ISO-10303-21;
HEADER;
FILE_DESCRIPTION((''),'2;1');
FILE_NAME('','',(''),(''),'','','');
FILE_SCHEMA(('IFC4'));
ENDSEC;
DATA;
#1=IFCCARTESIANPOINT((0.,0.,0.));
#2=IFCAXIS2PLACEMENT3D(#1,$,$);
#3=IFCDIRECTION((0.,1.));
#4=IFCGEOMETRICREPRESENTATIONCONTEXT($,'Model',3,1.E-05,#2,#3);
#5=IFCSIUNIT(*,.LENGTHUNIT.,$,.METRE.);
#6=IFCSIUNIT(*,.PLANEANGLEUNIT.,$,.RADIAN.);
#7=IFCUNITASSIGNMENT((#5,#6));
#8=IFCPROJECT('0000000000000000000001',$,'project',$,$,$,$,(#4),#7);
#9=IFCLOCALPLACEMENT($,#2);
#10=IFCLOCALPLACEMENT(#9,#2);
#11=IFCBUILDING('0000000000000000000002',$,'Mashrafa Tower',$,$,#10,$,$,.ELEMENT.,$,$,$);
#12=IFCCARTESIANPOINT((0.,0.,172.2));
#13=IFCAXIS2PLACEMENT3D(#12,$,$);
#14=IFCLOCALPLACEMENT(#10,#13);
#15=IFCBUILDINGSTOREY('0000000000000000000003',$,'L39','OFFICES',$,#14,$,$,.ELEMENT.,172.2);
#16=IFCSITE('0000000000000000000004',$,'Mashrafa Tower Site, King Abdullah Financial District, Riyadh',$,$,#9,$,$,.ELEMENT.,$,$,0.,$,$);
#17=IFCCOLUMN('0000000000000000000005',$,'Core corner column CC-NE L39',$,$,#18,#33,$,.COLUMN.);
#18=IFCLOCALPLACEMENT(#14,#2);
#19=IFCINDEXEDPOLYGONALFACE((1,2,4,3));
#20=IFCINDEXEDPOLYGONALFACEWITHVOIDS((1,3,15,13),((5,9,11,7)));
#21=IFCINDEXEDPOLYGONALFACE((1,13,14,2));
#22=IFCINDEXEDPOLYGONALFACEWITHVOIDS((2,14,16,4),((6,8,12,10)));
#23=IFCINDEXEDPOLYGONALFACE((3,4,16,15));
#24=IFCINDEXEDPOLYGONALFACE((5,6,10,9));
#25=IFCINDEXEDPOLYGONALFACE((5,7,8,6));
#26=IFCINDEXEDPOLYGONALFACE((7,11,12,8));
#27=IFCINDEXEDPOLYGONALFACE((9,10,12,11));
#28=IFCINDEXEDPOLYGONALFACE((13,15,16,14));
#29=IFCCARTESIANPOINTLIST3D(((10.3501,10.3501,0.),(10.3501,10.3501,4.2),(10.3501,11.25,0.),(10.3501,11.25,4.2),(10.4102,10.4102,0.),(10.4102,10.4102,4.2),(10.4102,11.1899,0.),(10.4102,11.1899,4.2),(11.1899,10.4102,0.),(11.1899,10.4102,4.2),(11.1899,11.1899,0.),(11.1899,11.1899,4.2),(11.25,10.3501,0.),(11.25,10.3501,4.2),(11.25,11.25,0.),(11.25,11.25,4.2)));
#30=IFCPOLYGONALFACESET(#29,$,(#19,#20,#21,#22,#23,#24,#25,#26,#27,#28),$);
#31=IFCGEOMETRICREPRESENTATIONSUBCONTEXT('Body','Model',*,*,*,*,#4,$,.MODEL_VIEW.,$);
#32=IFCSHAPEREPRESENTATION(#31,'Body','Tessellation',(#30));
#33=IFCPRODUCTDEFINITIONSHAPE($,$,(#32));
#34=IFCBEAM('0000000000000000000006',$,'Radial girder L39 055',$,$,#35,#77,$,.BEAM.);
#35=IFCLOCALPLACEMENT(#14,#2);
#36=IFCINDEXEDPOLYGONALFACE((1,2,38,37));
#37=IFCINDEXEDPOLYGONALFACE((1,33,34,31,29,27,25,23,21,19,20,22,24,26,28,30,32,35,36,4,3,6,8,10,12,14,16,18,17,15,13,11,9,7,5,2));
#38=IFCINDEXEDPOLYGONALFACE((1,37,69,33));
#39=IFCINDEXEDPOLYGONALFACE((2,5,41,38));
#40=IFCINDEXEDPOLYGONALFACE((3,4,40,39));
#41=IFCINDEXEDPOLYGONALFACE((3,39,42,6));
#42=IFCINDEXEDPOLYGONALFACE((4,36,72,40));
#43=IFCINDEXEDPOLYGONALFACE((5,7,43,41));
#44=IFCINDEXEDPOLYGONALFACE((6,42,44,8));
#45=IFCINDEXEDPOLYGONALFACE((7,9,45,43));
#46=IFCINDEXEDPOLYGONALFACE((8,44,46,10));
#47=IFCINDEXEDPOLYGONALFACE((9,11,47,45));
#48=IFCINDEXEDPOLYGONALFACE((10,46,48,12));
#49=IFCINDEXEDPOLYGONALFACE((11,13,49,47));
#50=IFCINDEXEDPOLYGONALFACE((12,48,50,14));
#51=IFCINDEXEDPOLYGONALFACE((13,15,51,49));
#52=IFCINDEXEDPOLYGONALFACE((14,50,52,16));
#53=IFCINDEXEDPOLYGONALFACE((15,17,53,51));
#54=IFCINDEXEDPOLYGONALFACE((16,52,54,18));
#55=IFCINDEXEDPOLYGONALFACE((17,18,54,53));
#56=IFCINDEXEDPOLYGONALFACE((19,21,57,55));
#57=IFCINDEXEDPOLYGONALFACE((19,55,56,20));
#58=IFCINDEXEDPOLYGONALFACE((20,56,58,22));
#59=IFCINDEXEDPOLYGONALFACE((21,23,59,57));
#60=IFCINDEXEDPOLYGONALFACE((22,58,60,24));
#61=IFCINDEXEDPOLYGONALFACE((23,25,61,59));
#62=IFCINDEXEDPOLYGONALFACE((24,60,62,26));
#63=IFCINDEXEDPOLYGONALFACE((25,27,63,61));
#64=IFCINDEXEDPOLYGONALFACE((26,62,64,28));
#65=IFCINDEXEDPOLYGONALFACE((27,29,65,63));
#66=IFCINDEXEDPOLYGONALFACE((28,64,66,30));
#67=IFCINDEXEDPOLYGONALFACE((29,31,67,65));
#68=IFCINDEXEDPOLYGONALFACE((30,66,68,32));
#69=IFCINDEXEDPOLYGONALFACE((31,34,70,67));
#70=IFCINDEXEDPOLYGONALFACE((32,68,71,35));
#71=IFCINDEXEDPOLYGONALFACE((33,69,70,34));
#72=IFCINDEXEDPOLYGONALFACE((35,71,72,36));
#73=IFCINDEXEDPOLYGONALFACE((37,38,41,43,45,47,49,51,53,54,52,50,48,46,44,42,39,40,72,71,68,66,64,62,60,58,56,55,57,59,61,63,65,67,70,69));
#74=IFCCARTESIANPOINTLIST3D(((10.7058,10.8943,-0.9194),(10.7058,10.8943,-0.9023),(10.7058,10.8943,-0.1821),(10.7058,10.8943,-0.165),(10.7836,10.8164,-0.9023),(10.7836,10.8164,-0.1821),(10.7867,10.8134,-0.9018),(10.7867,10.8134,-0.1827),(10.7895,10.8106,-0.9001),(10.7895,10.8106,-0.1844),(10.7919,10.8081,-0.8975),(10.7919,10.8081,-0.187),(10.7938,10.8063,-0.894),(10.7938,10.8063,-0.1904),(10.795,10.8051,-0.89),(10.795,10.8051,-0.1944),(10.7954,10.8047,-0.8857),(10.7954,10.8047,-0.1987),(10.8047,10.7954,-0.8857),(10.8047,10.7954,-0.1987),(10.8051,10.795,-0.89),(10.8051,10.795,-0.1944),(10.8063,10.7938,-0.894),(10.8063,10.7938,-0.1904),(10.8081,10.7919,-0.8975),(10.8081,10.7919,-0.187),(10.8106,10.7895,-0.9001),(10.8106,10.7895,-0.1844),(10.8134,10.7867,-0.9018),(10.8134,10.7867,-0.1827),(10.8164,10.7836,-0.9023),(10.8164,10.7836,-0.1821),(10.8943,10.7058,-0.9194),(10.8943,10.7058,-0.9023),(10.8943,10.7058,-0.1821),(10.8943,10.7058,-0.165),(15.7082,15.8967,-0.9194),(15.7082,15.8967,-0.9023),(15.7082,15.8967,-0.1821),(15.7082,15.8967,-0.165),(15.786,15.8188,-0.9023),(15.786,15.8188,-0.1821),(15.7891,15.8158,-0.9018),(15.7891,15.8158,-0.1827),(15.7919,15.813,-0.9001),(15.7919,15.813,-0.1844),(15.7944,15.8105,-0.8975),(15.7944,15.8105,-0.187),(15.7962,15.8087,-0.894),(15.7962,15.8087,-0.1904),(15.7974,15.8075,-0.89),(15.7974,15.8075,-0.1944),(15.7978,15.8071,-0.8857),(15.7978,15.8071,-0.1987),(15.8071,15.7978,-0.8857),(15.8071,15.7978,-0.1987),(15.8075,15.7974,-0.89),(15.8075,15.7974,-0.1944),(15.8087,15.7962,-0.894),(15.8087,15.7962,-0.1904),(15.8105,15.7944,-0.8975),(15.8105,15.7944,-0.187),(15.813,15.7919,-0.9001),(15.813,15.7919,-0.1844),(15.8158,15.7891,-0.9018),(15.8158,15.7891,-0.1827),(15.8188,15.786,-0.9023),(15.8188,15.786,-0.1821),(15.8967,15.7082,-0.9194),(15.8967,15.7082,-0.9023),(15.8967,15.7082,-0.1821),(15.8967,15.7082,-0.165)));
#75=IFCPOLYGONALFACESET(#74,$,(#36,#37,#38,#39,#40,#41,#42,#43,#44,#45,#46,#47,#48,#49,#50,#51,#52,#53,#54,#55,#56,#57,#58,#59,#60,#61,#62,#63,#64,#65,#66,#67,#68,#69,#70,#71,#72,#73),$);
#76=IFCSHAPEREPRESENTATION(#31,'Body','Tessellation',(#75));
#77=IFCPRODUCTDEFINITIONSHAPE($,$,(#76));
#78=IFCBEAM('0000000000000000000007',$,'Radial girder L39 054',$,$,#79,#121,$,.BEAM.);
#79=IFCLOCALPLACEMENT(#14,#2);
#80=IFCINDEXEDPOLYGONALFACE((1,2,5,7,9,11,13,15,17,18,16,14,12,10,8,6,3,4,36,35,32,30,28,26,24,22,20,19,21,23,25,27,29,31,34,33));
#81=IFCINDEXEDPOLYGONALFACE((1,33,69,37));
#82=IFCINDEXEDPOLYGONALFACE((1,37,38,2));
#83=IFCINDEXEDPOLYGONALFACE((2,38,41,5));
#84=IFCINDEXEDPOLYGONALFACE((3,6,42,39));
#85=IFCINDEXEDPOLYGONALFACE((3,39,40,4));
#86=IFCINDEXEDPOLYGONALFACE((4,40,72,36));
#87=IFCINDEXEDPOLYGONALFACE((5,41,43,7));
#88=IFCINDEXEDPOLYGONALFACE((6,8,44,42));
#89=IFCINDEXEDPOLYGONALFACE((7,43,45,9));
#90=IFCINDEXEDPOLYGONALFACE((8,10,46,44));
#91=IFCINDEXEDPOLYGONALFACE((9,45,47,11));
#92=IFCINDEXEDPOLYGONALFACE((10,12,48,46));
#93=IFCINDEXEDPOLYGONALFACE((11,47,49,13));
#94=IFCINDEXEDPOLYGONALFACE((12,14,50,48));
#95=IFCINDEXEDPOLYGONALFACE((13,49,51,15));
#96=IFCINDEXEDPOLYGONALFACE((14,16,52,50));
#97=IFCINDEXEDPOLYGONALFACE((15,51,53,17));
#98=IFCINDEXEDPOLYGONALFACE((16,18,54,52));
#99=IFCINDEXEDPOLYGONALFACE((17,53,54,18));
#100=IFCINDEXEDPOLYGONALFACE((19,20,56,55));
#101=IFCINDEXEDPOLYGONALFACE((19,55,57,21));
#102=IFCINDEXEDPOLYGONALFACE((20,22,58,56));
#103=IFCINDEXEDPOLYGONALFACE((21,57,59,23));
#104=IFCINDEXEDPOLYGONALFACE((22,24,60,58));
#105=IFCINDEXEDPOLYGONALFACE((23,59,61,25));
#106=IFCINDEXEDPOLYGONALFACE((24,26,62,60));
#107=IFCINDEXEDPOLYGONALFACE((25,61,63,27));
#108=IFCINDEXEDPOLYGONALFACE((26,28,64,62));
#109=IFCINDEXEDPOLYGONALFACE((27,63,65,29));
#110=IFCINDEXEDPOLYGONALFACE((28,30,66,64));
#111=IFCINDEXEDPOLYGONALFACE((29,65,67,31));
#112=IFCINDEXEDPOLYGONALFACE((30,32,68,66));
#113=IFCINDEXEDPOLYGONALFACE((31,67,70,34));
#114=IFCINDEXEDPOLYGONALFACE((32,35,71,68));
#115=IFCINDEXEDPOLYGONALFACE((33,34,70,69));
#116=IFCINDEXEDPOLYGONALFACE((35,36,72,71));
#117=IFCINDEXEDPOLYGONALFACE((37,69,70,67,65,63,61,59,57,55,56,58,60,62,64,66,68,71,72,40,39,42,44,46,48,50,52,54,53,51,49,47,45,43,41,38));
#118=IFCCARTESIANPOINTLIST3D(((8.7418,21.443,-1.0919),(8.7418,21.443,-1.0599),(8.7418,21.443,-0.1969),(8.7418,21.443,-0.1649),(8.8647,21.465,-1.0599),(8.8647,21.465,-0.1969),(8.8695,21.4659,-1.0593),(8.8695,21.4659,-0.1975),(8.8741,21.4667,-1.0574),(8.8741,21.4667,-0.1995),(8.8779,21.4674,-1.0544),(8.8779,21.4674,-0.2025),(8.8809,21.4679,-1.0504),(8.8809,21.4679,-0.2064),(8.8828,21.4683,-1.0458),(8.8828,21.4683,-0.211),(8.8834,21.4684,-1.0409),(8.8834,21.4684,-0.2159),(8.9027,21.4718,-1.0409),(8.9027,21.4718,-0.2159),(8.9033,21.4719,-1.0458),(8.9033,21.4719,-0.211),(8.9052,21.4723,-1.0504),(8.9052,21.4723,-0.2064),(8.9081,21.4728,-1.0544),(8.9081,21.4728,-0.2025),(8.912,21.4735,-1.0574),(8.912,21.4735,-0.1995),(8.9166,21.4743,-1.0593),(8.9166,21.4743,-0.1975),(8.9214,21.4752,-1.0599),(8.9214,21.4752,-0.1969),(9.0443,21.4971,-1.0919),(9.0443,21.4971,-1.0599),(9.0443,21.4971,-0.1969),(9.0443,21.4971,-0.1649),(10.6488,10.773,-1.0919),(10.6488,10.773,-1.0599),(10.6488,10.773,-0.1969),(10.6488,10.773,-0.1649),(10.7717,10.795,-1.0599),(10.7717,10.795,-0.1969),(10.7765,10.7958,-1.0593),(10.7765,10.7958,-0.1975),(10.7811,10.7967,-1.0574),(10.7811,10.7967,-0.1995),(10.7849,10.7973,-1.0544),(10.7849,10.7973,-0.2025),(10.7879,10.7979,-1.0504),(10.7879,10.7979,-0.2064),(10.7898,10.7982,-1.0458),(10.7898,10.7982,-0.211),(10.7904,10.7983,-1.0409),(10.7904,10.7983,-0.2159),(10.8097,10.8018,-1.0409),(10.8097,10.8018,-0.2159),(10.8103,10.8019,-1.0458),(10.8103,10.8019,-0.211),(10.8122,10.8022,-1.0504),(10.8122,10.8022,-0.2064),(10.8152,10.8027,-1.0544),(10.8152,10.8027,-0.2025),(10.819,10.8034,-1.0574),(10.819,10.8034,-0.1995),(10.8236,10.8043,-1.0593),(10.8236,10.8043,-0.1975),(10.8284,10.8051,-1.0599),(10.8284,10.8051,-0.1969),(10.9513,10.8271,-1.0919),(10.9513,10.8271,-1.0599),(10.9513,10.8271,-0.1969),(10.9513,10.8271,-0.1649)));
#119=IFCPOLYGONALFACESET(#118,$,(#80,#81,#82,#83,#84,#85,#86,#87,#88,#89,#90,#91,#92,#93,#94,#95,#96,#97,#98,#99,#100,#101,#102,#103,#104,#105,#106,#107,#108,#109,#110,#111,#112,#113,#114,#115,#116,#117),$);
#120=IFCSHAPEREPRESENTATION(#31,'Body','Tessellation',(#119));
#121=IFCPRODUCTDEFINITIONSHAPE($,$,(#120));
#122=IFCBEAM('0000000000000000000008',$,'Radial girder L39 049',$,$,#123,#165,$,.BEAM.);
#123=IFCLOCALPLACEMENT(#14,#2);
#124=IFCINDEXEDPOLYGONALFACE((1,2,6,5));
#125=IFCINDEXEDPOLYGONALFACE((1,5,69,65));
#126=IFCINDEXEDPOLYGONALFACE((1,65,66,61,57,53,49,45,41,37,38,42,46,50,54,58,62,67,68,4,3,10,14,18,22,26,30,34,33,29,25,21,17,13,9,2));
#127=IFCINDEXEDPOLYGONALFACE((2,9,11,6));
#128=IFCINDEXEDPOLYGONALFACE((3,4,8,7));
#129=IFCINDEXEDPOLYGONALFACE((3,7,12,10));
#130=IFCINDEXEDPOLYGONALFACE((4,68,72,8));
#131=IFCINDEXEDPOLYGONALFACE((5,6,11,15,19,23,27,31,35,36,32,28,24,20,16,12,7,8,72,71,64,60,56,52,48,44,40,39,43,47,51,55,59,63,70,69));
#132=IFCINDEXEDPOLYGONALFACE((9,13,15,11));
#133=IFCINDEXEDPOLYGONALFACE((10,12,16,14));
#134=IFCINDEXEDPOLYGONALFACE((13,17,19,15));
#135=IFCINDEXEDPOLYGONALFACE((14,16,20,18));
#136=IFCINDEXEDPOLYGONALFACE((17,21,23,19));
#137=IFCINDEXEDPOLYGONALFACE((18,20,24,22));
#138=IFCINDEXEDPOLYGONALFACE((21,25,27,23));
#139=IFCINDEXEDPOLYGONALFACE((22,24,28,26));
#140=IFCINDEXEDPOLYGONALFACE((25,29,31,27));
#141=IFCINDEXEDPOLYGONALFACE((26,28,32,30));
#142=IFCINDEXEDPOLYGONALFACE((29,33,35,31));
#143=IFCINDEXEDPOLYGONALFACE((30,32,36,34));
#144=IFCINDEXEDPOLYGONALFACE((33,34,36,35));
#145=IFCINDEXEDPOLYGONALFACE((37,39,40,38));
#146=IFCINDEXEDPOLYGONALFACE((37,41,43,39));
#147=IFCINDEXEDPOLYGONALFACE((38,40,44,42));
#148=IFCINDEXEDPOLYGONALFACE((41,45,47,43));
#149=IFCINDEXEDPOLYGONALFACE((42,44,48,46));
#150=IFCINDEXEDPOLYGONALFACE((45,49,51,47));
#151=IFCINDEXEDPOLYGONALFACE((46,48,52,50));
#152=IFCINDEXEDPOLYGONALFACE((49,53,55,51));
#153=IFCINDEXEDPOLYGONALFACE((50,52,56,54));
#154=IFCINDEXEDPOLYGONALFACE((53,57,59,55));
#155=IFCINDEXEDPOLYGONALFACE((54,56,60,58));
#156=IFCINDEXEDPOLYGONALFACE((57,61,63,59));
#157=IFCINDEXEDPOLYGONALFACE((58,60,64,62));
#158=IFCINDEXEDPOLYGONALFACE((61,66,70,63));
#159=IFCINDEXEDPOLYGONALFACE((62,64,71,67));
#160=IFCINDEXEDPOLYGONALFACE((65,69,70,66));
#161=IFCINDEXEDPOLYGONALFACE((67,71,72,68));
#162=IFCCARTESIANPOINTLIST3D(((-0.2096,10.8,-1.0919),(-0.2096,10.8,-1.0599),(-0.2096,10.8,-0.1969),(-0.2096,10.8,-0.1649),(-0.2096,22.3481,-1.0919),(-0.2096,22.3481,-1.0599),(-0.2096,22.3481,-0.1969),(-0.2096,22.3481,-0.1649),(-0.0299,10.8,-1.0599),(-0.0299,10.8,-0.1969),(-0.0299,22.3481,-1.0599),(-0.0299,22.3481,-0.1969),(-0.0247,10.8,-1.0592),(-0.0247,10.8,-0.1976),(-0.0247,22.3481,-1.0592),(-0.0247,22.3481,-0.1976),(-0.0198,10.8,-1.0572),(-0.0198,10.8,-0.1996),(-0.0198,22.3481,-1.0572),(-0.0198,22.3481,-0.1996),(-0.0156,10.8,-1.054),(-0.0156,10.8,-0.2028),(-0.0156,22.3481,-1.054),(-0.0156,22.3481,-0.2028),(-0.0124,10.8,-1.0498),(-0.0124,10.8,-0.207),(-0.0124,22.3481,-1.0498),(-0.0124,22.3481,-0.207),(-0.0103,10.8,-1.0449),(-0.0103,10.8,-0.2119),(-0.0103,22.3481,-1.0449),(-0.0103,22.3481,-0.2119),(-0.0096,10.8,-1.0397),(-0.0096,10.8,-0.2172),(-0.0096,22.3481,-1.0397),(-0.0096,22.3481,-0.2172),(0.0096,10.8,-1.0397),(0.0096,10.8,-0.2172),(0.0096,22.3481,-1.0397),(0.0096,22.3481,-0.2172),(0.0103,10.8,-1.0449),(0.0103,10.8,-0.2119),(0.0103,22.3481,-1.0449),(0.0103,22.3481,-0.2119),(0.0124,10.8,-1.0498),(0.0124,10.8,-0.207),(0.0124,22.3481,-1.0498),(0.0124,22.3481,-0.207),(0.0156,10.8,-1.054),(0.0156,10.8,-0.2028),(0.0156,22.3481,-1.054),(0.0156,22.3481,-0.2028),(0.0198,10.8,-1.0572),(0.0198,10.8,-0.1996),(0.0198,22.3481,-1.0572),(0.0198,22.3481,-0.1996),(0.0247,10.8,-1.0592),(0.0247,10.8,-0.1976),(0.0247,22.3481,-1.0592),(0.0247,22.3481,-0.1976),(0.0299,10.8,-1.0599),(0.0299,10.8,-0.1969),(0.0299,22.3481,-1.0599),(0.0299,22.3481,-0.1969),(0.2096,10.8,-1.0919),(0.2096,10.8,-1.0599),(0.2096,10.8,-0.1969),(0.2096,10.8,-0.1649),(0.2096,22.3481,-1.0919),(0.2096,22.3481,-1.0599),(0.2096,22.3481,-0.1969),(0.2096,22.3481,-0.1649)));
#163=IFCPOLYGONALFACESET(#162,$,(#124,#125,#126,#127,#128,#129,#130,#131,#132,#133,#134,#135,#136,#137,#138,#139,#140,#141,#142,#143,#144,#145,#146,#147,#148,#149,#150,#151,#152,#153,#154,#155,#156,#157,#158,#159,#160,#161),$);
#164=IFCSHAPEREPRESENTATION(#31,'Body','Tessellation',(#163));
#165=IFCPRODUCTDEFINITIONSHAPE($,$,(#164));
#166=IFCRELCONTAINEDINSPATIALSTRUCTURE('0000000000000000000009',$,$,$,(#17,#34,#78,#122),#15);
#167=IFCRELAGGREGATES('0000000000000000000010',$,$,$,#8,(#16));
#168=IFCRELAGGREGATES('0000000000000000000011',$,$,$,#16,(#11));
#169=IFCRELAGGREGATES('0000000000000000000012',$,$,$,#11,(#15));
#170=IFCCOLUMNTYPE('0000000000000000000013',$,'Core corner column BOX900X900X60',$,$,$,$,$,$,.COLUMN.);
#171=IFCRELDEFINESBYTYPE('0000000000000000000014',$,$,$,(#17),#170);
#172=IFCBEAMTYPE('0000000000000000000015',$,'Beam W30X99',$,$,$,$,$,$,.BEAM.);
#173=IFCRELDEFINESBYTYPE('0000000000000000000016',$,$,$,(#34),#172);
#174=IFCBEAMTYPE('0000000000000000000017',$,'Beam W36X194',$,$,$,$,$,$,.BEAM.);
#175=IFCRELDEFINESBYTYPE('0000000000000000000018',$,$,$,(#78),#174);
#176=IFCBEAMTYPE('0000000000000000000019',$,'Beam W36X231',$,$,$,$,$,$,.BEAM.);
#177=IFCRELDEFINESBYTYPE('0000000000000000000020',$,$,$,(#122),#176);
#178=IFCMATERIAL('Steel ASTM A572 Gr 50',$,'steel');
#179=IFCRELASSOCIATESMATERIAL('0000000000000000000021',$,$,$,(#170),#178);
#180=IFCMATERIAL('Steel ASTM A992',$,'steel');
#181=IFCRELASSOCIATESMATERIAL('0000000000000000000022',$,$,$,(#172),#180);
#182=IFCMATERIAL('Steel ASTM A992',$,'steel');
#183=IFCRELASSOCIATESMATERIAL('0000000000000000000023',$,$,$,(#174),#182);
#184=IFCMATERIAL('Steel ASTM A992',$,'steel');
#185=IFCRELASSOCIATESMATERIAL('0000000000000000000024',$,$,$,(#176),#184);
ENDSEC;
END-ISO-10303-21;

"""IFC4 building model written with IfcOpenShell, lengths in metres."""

from ifc_helpers import new_model, si_unit, direction, frame, origin, origin_2d, place, context, subcontext, project, spatial, hollow_rectangle, i_section, extrude, material, material_profile, profile_set, type_object, element, save


model = new_model("IFC4")

# Units and contexts
model_context = context("Model", 3, precision=1e-05, world=origin(), true_north=direction((0.0, 1.0)))
body_context = subcontext(model_context, "Body", "Model", "MODEL_VIEW")
ifc_project = project(units=[si_unit("LENGTHUNIT", "METRE"), si_unit("PLANEANGLEUNIT", "RADIAN")], contexts=[model_context])

# Site, building, storey
site_placement = place(None, origin())
site = spatial("IfcSite", under=ifc_project, at=site_placement, Name="Mashrafa Tower Site, King Abdullah Financial District, Riyadh", CompositionType="ELEMENT", RefElevation=0.0)
building_placement = place(site_placement, origin())
building = spatial("IfcBuilding", under=site, at=building_placement, Name="Mashrafa Tower", CompositionType="ELEMENT")
storey_placement = place(building_placement, frame((0.0, 0.0, 172.2)))
storey = spatial("IfcBuildingStorey", under=building, at=storey_placement, Name="L39", Description="OFFICES", CompositionType="ELEMENT", Elevation=172.2)

# Column
ifc_material_1 = material(Name="Steel ASTM A572 Gr 50", Category="steel")
ifc_material_profile_1 = material_profile(ifc_material_1, hollow_rectangle(XDim=0.8999, YDim=0.8999, WallThickness=0.0601, at=origin_2d()), Name="BOX900X900X60")
ifc_profile_set_1 = profile_set([ifc_material_profile_1], Name="Steel ASTM A572 Gr 50")
column_type = type_object("IfcColumnType", Name="Core corner column BOX900X900X60", PredefinedType="COLUMN", material=ifc_profile_set_1)
column_placement = place(storey_placement, frame((10.8, 10.8, 0.0), z_axis=(0.0, 0.0, 1.0), x_axis=(1.0, 0.0, 0.0)))
element("IfcColumn", 1, at=column_placement, inside=storey, type_object=column_type, Name="Core corner column CC-NE L39", PredefinedType="COLUMN", context=body_context, shape_type="SweptSolid", body=[
    extrude(hollow_rectangle(XDim=0.8999, YDim=0.8999, WallThickness=0.0601, at=origin_2d()), origin(), (0.0, 0.0, 1.0), 4.2),
])

# Beams
ifc_material_2 = material(Name="Steel ASTM A992", Category="steel")
ifc_material_profile_2 = material_profile(ifc_material_2, i_section(OverallWidth=0.2666, OverallDepth=0.7544, WebThickness=0.0132, FlangeThickness=0.0171, FilletRadius=0.0166, at=origin_2d()), Name="W30X99")
ifc_profile_set_2 = profile_set([ifc_material_profile_2], Name="Steel ASTM A992")
beam_type_1 = type_object("IfcBeamType", Name="Beam W30X99", PredefinedType="BEAM", material=ifc_profile_set_2)
beam_1_placement = place(storey_placement, frame((10.8, 10.8, -0.5422), z_axis=(0.707107, 0.707107, 0.0), x_axis=(-0.707107, 0.707107, 0.0)))
element("IfcBeam", 2, at=beam_1_placement, inside=storey, type_object=beam_type_1, Name="Radial girder L39 055", PredefinedType="BEAM", context=body_context, shape_type="SweptSolid", body=[
    extrude(i_section(OverallWidth=0.2666, OverallDepth=0.7544, WebThickness=0.0132, FlangeThickness=0.0171, FilletRadius=0.0166, at=origin_2d()), origin(), (0.0, 0.0, 1.0), 7.0745),
])
ifc_material_3 = material(Name="Steel ASTM A992", Category="steel")
ifc_material_profile_3 = material_profile(ifc_material_3, i_section(OverallWidth=0.3074, OverallDepth=0.927, WebThickness=0.0195, FlangeThickness=0.032, FilletRadius=0.019, at=origin_2d()), Name="W36X194")
ifc_profile_set_3 = profile_set([ifc_material_profile_3], Name="Steel ASTM A992")
beam_type_2 = type_object("IfcBeamType", Name="Beam W36X194", PredefinedType="BEAM", material=ifc_profile_set_3)
beam_2_placement = place(storey_placement, frame((10.8, 10.8, -0.6284), z_axis=(-0.175937, 0.984401, 0.0), x_axis=(-0.984401, -0.175937, 0.0)))
element("IfcBeam", 3, at=beam_2_placement, inside=storey, type_object=beam_type_2, Name="Radial girder L39 054", PredefinedType="BEAM", context=body_context, shape_type="SweptSolid", body=[
    extrude(i_section(OverallWidth=0.3074, OverallDepth=0.927, WebThickness=0.0195, FlangeThickness=0.032, FilletRadius=0.019, at=origin_2d()), origin(), (0.0, 0.0, 1.0), 10.8391),
])
ifc_material_4 = material(Name="Steel ASTM A992", Category="steel")
ifc_material_profile_4 = material_profile(ifc_material_4, i_section(OverallWidth=0.4192, OverallDepth=0.927, WebThickness=0.0193, FlangeThickness=0.032, FilletRadius=0.0203, at=origin_2d()), Name="W36X231")
ifc_profile_set_4 = profile_set([ifc_material_profile_4], Name="Steel ASTM A992")
beam_type_3 = type_object("IfcBeamType", Name="Beam W36X231", PredefinedType="BEAM", material=ifc_profile_set_4)
for number, where, z_axis, x_axis, name in (
    (4, (0.0, 10.8, -0.6284), (0.0, 1.0, 0.0), (-1.0, 0.0, 0.0), "Radial girder L39 049"),
):
    element("IfcBeam", number, at=place(storey_placement, frame(where, z_axis=z_axis, x_axis=x_axis)), inside=storey, type_object=beam_type_3, Name=name, PredefinedType="BEAM", context=body_context, shape_type="SweptSolid", body=[
        extrude(i_section(OverallWidth=0.4192, OverallDepth=0.927, WebThickness=0.0193, FlangeThickness=0.032, FilletRadius=0.0203, at=origin_2d()), origin(), (0.0, 0.0, 1.0), 11.5481),
    ])

save(model, "model.ifc")
